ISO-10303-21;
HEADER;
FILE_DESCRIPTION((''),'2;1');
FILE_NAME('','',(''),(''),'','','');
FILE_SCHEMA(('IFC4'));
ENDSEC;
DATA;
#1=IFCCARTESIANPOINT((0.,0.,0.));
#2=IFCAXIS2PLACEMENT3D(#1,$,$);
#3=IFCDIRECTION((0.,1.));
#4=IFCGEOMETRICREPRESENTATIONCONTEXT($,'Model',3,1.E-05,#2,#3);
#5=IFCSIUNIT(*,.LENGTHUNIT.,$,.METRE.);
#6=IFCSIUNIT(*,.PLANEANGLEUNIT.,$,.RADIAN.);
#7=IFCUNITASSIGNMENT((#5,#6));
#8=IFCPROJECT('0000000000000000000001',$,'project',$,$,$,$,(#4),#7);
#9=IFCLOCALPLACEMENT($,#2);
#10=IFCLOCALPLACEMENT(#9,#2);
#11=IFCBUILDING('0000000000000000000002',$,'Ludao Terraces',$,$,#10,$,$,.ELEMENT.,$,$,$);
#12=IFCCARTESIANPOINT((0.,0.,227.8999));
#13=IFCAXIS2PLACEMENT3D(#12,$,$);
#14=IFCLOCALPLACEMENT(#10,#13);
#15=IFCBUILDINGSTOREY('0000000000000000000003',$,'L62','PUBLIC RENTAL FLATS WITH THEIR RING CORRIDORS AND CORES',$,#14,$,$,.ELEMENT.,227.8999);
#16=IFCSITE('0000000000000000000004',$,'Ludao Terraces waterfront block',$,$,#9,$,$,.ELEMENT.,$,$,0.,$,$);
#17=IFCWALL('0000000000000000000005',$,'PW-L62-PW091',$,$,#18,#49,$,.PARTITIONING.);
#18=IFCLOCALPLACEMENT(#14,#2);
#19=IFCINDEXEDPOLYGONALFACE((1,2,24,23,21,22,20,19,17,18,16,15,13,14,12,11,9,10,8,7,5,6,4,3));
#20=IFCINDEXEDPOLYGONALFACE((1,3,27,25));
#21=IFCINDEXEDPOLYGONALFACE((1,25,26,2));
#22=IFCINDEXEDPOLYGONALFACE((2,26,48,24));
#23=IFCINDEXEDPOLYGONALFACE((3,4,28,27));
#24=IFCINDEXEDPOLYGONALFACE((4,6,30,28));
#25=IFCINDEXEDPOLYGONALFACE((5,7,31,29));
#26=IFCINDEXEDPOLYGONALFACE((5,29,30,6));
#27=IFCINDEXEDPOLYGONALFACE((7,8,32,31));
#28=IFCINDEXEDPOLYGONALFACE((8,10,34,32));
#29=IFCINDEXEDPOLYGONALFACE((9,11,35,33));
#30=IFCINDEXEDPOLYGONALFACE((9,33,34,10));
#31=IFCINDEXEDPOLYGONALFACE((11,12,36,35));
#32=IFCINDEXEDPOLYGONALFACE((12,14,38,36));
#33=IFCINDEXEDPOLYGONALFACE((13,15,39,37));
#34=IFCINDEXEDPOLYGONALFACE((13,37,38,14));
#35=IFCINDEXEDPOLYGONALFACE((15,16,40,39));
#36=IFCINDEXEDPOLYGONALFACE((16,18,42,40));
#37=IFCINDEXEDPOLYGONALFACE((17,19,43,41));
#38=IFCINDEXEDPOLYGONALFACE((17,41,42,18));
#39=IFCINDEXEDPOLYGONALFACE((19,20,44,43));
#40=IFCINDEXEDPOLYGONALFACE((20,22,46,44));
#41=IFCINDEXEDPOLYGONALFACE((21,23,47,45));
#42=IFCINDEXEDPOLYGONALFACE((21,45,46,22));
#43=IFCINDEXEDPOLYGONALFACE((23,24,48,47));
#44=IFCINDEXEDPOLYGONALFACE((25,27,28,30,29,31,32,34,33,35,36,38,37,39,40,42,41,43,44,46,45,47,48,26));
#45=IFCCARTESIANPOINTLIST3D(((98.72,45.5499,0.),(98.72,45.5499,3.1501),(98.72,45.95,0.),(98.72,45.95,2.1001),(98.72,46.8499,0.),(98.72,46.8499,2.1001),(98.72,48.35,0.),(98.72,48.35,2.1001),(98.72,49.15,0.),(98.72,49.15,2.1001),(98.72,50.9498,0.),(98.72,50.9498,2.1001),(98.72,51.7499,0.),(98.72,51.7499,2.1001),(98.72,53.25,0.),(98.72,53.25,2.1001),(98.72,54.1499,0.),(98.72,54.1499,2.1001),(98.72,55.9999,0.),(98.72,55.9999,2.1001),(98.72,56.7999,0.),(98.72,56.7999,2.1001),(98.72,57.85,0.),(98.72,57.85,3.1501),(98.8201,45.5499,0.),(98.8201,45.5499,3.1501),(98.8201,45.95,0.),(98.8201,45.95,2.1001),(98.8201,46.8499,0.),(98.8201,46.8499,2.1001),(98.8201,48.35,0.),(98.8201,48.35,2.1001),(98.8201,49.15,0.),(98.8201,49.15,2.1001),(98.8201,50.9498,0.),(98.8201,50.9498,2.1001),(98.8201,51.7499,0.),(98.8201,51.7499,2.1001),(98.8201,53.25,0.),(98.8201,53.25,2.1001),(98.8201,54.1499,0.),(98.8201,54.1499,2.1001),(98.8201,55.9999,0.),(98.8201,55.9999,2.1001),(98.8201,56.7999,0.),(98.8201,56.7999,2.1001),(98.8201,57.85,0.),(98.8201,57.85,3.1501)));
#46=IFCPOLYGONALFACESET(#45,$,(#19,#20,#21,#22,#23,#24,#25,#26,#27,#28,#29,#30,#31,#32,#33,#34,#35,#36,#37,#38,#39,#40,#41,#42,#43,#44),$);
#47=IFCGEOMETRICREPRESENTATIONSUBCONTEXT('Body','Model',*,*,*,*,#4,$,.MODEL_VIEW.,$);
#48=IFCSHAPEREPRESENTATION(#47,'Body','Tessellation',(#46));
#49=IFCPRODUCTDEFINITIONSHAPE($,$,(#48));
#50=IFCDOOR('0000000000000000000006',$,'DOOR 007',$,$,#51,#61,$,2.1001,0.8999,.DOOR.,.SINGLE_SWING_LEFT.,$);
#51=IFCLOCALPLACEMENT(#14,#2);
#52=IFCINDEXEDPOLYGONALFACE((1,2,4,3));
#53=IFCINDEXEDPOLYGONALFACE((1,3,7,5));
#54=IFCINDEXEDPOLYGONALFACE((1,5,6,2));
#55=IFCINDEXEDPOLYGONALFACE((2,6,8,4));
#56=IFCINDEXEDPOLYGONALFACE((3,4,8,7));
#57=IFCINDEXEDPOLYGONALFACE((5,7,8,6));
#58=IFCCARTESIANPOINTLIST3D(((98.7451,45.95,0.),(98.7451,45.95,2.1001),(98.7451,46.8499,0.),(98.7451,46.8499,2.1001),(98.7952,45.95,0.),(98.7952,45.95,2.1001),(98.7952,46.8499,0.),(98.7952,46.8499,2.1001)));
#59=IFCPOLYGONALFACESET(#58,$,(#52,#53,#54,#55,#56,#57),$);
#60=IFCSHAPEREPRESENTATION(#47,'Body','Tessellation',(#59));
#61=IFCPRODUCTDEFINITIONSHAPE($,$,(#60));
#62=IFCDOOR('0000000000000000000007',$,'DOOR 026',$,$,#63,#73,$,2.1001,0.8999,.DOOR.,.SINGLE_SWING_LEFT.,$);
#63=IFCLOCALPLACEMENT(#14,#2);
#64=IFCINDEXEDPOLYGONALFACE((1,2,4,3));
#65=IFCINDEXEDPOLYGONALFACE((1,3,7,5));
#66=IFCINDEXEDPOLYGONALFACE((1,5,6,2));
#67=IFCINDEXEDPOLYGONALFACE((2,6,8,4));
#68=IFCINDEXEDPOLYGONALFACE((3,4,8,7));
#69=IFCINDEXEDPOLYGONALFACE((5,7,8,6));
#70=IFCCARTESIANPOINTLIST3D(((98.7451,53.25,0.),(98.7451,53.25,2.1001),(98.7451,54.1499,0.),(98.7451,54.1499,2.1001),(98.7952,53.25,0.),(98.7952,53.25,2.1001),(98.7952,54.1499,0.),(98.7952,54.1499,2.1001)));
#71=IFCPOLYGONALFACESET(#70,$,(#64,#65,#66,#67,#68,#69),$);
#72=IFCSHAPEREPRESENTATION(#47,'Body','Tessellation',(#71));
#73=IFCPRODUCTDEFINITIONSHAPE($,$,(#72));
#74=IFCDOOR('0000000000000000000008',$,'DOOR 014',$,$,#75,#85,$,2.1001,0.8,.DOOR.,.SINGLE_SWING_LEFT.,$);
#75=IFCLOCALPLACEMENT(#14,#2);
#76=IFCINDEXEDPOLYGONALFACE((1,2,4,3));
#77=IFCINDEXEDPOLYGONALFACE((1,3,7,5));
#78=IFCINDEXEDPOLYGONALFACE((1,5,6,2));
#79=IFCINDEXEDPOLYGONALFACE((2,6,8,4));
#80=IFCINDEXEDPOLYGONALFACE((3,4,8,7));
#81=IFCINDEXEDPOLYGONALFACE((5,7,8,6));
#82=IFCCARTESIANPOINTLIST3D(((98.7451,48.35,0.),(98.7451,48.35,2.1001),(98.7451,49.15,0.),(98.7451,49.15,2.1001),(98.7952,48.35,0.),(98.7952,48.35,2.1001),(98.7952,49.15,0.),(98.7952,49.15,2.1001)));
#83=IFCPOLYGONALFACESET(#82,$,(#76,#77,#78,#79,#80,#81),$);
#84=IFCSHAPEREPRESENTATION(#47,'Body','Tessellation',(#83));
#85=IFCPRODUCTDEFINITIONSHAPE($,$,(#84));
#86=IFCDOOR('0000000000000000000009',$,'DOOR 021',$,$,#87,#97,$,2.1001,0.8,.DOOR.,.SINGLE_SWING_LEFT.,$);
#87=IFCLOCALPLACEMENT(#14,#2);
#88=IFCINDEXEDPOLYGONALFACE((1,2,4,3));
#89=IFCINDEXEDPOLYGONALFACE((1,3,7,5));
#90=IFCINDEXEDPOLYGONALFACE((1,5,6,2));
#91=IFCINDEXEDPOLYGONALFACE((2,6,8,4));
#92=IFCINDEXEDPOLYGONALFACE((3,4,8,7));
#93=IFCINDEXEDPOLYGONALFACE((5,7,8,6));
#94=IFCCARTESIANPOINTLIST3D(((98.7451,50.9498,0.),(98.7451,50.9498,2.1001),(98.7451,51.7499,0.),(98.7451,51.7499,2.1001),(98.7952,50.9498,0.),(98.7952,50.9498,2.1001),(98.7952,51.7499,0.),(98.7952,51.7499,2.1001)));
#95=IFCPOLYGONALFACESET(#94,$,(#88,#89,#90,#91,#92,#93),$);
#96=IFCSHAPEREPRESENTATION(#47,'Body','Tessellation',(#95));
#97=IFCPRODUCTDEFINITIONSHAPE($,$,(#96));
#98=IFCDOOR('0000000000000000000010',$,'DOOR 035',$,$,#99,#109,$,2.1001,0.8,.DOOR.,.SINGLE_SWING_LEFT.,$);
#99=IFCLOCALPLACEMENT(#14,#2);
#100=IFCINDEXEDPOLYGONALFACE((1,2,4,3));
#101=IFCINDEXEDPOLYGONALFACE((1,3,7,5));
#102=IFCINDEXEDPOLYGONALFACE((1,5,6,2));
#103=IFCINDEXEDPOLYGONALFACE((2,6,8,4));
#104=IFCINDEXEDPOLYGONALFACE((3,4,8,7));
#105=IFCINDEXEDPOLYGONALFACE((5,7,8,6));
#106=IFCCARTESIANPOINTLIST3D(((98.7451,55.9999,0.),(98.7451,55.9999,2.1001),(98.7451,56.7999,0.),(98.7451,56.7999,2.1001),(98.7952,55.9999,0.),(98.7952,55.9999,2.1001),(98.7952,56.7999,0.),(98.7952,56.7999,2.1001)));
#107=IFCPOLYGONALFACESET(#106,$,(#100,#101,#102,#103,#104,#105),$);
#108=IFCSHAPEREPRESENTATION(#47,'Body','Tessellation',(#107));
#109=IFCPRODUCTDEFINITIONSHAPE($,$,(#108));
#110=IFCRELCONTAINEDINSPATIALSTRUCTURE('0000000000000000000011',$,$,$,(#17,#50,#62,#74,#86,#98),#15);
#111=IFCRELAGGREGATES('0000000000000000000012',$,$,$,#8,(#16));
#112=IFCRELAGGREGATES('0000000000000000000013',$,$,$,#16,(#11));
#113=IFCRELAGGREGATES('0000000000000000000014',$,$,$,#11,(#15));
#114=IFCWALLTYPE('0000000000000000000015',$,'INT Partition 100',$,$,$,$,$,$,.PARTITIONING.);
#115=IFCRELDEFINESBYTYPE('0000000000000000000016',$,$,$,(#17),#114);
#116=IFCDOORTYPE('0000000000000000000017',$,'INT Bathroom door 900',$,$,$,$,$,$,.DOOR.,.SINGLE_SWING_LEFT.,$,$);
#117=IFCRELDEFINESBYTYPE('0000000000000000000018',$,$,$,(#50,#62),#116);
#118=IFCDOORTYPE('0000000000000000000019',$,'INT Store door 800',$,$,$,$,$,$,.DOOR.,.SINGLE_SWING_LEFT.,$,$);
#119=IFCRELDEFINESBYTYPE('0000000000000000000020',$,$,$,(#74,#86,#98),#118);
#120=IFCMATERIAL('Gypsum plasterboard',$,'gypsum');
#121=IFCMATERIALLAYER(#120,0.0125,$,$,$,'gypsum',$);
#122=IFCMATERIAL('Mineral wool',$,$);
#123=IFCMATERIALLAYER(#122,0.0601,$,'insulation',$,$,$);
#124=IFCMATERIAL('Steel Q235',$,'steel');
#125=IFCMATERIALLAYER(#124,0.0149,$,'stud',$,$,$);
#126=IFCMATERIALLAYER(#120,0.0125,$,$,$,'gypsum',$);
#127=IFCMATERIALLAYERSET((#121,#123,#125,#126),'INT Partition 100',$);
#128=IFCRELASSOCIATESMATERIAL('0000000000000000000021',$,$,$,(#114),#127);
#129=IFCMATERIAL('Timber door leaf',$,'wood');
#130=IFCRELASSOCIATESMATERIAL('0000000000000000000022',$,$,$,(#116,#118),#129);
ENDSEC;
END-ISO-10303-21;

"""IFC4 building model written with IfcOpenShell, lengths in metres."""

from ifc_helpers import new_model, si_unit, direction, frame, frame_2d, origin, place, context, subcontext, project, spatial, rectangle, extrude, material, layer, layer_set, type_object, element, fill, save


model = new_model("IFC4")

# Units and contexts
model_context = context("Model", 3, precision=1e-05, world=origin(), true_north=direction((0.0, 1.0)))
body_context = subcontext(model_context, "Body", "Model", "MODEL_VIEW")
ifc_project = project(units=[si_unit("LENGTHUNIT", "METRE"), si_unit("PLANEANGLEUNIT", "RADIAN")], contexts=[model_context])

# Site, building, storey
site_placement = place(None, origin())
site = spatial("IfcSite", under=ifc_project, at=site_placement, Name="Ludao Terraces waterfront block", CompositionType="ELEMENT", RefElevation=0.0)
building_placement = place(site_placement, origin())
building = spatial("IfcBuilding", under=site, at=building_placement, Name="Ludao Terraces", CompositionType="ELEMENT")
storey_placement = place(building_placement, frame((0.0, 0.0, 227.8999)))
storey = spatial("IfcBuildingStorey", under=building, at=storey_placement, Name="L62", Description="PUBLIC RENTAL FLATS WITH THEIR RING CORRIDORS AND CORES", CompositionType="ELEMENT", Elevation=227.8999)

# Shared definitions
ifc_material_1 = material(Name="Mineral wool")

# Shared definitions
ifc_material_2 = material(Name="Steel Q235", Category="steel")

# Shared definitions
ifc_material_3 = material(Name="Gypsum plasterboard", Category="gypsum")
ifc_layer_1 = layer(ifc_material_3, 0.0125, Category="gypsum")
ifc_layer_2 = layer(ifc_material_1, 0.0601, Name="insulation")
ifc_layer_3 = layer(ifc_material_2, 0.0149, Name="stud")
ifc_layer_4 = layer(ifc_material_3, 0.0125, Category="gypsum")
ifc_layer_set_1 = layer_set([ifc_layer_1, ifc_layer_2, ifc_layer_3, ifc_layer_4], Name="INT Partition 100")
wall_type_1 = type_object("IfcWallType", Name="INT Partition 100", PredefinedType="PARTITIONING", material=ifc_layer_set_1)

# Wall, openings, doors
wall_1_placement = place(storey_placement, frame((98.77, 45.55, 0.0), z_axis=(0.0, 0.0, 1.0), x_axis=(0.0, 1.0, 0.0)))
wall_1 = element("IfcWall", 1, at=wall_1_placement, inside=storey, type_object=wall_type_1, Name="PW-L62-PW091", PredefinedType="PARTITIONING", context=body_context, shape_type="SweptSolid", body=[
    extrude(rectangle(XDim=12.3, YDim=0.1001, at=frame_2d((6.1499, 0.0))), origin(), (0.0, 0.0, 1.0), 3.1501),
])
opening_1_placement = place(wall_1_placement, frame((0.3999, 0.0, 0.0)))
opening_1 = element("IfcOpeningElement", 2, at=opening_1_placement, cuts=wall_1, PredefinedType="OPENING", context=body_context, shape_type="SweptSolid", body=[
    extrude(rectangle(XDim=0.8999, YDim=2.1001, at=frame_2d((0.45, 1.05))), frame((0.0, 0.0601, 0.0), z_axis=(0.0, -1.0, 0.0), x_axis=(1.0, 0.0, 0.0)), (0.0, 0.0, 1.0), 0.1201),
])
opening_2_placement = place(wall_1_placement, frame((2.8, 0.0, 0.0)))
opening_2 = element("IfcOpeningElement", 3, at=opening_2_placement, cuts=wall_1, PredefinedType="OPENING", context=body_context, shape_type="SweptSolid", body=[
    extrude(rectangle(XDim=0.8, YDim=2.1001, at=frame_2d((0.3999, 1.05))), frame((0.0, 0.0601, 0.0), z_axis=(0.0, -1.0, 0.0), x_axis=(1.0, 0.0, 0.0)), (0.0, 0.0, 1.0), 0.1201),
])
opening_3_placement = place(wall_1_placement, frame((5.3999, 0.0, 0.0)))
opening_3 = element("IfcOpeningElement", 4, at=opening_3_placement, cuts=wall_1, PredefinedType="OPENING", context=body_context, shape_type="SweptSolid", body=[
    extrude(rectangle(XDim=0.8, YDim=2.1001, at=frame_2d((0.3999, 1.05))), frame((0.0, 0.0601, 0.0), z_axis=(0.0, -1.0, 0.0), x_axis=(1.0, 0.0, 0.0)), (0.0, 0.0, 1.0), 0.1201),
])
opening_4_placement = place(wall_1_placement, frame((7.7, 0.0, 0.0)))
opening_4 = element("IfcOpeningElement", 5, at=opening_4_placement, cuts=wall_1, PredefinedType="OPENING", context=body_context, shape_type="SweptSolid", body=[
    extrude(rectangle(XDim=0.8999, YDim=2.1001, at=frame_2d((0.45, 1.05))), frame((0.0, 0.0601, 0.0), z_axis=(0.0, -1.0, 0.0), x_axis=(1.0, 0.0, 0.0)), (0.0, 0.0, 1.0), 0.1201),
])
opening_5_placement = place(wall_1_placement, frame((10.45, 0.0, 0.0)))
opening_5 = element("IfcOpeningElement", 6, at=opening_5_placement, cuts=wall_1, PredefinedType="OPENING", context=body_context, shape_type="SweptSolid", body=[
    extrude(rectangle(XDim=0.8, YDim=2.1001, at=frame_2d((0.3999, 1.05))), frame((0.0, 0.0601, 0.0), z_axis=(0.0, -1.0, 0.0), x_axis=(1.0, 0.0, 0.0)), (0.0, 0.0, 1.0), 0.1201),
])
ifc_material_4 = material(Name="Timber door leaf", Category="wood")
door_type_1 = type_object("IfcDoorType", Name="INT Bathroom door 900", OperationType="SINGLE_SWING_LEFT", PredefinedType="DOOR", material=ifc_material_4)
door_1_placement = place(opening_1_placement, origin())
door_1 = element("IfcDoor", 7, at=door_1_placement, inside=storey, type_object=door_type_1, Name="DOOR 007", OperationType="SINGLE_SWING_LEFT", OverallHeight=2.1001, OverallWidth=0.8999, PredefinedType="DOOR", context=body_context, shape_type="SweptSolid", body=[
    extrude(rectangle(XDim=0.8999, YDim=2.1001, at=frame_2d((0.45, 1.05))), frame((0.0, 0.0249, 0.0), z_axis=(0.0, -1.0, 0.0), x_axis=(1.0, 0.0, 0.0)), (0.0, 0.0, 1.0), 0.05),
])
fill(opening_1, door_1)
door_2_placement = place(opening_4_placement, origin())
door_2 = element("IfcDoor", 8, at=door_2_placement, inside=storey, type_object=door_type_1, Name="DOOR 026", OperationType="SINGLE_SWING_LEFT", OverallHeight=2.1001, OverallWidth=0.8999, PredefinedType="DOOR", context=body_context, shape_type="SweptSolid", body=[
    extrude(rectangle(XDim=0.8999, YDim=2.1001, at=frame_2d((0.45, 1.05))), frame((0.0, 0.0249, 0.0), z_axis=(0.0, -1.0, 0.0), x_axis=(1.0, 0.0, 0.0)), (0.0, 0.0, 1.0), 0.05),
])
fill(opening_4, door_2)
door_type_2 = type_object("IfcDoorType", Name="INT Store door 800", OperationType="SINGLE_SWING_LEFT", PredefinedType="DOOR", material=ifc_material_4)
door_3_placement = place(opening_2_placement, origin())
door_3 = element("IfcDoor", 9, at=door_3_placement, inside=storey, type_object=door_type_2, Name="DOOR 014", OperationType="SINGLE_SWING_LEFT", OverallHeight=2.1001, OverallWidth=0.8, PredefinedType="DOOR", context=body_context, shape_type="SweptSolid", body=[
    extrude(rectangle(XDim=0.8, YDim=2.1001, at=frame_2d((0.3999, 1.05))), frame((0.0, 0.0249, 0.0), z_axis=(0.0, -1.0, 0.0), x_axis=(1.0, 0.0, 0.0)), (0.0, 0.0, 1.0), 0.05),
])
fill(opening_2, door_3)
door_4_placement = place(opening_3_placement, origin())
door_4 = element("IfcDoor", 10, at=door_4_placement, inside=storey, type_object=door_type_2, Name="DOOR 021", OperationType="SINGLE_SWING_LEFT", OverallHeight=2.1001, OverallWidth=0.8, PredefinedType="DOOR", context=body_context, shape_type="SweptSolid", body=[
    extrude(rectangle(XDim=0.8, YDim=2.1001, at=frame_2d((0.3999, 1.05))), frame((0.0, 0.0249, 0.0), z_axis=(0.0, -1.0, 0.0), x_axis=(1.0, 0.0, 0.0)), (0.0, 0.0, 1.0), 0.05),
])
fill(opening_3, door_4)
door_5_placement = place(opening_5_placement, origin())
door_5 = element("IfcDoor", 11, at=door_5_placement, inside=storey, type_object=door_type_2, Name="DOOR 035", OperationType="SINGLE_SWING_LEFT", OverallHeight=2.1001, OverallWidth=0.8, PredefinedType="DOOR", context=body_context, shape_type="SweptSolid", body=[
    extrude(rectangle(XDim=0.8, YDim=2.1001, at=frame_2d((0.3999, 1.05))), frame((0.0, 0.0249, 0.0), z_axis=(0.0, -1.0, 0.0), x_axis=(1.0, 0.0, 0.0)), (0.0, 0.0, 1.0), 0.05),
])
fill(opening_5, door_5)

save(model, "model.ifc")
